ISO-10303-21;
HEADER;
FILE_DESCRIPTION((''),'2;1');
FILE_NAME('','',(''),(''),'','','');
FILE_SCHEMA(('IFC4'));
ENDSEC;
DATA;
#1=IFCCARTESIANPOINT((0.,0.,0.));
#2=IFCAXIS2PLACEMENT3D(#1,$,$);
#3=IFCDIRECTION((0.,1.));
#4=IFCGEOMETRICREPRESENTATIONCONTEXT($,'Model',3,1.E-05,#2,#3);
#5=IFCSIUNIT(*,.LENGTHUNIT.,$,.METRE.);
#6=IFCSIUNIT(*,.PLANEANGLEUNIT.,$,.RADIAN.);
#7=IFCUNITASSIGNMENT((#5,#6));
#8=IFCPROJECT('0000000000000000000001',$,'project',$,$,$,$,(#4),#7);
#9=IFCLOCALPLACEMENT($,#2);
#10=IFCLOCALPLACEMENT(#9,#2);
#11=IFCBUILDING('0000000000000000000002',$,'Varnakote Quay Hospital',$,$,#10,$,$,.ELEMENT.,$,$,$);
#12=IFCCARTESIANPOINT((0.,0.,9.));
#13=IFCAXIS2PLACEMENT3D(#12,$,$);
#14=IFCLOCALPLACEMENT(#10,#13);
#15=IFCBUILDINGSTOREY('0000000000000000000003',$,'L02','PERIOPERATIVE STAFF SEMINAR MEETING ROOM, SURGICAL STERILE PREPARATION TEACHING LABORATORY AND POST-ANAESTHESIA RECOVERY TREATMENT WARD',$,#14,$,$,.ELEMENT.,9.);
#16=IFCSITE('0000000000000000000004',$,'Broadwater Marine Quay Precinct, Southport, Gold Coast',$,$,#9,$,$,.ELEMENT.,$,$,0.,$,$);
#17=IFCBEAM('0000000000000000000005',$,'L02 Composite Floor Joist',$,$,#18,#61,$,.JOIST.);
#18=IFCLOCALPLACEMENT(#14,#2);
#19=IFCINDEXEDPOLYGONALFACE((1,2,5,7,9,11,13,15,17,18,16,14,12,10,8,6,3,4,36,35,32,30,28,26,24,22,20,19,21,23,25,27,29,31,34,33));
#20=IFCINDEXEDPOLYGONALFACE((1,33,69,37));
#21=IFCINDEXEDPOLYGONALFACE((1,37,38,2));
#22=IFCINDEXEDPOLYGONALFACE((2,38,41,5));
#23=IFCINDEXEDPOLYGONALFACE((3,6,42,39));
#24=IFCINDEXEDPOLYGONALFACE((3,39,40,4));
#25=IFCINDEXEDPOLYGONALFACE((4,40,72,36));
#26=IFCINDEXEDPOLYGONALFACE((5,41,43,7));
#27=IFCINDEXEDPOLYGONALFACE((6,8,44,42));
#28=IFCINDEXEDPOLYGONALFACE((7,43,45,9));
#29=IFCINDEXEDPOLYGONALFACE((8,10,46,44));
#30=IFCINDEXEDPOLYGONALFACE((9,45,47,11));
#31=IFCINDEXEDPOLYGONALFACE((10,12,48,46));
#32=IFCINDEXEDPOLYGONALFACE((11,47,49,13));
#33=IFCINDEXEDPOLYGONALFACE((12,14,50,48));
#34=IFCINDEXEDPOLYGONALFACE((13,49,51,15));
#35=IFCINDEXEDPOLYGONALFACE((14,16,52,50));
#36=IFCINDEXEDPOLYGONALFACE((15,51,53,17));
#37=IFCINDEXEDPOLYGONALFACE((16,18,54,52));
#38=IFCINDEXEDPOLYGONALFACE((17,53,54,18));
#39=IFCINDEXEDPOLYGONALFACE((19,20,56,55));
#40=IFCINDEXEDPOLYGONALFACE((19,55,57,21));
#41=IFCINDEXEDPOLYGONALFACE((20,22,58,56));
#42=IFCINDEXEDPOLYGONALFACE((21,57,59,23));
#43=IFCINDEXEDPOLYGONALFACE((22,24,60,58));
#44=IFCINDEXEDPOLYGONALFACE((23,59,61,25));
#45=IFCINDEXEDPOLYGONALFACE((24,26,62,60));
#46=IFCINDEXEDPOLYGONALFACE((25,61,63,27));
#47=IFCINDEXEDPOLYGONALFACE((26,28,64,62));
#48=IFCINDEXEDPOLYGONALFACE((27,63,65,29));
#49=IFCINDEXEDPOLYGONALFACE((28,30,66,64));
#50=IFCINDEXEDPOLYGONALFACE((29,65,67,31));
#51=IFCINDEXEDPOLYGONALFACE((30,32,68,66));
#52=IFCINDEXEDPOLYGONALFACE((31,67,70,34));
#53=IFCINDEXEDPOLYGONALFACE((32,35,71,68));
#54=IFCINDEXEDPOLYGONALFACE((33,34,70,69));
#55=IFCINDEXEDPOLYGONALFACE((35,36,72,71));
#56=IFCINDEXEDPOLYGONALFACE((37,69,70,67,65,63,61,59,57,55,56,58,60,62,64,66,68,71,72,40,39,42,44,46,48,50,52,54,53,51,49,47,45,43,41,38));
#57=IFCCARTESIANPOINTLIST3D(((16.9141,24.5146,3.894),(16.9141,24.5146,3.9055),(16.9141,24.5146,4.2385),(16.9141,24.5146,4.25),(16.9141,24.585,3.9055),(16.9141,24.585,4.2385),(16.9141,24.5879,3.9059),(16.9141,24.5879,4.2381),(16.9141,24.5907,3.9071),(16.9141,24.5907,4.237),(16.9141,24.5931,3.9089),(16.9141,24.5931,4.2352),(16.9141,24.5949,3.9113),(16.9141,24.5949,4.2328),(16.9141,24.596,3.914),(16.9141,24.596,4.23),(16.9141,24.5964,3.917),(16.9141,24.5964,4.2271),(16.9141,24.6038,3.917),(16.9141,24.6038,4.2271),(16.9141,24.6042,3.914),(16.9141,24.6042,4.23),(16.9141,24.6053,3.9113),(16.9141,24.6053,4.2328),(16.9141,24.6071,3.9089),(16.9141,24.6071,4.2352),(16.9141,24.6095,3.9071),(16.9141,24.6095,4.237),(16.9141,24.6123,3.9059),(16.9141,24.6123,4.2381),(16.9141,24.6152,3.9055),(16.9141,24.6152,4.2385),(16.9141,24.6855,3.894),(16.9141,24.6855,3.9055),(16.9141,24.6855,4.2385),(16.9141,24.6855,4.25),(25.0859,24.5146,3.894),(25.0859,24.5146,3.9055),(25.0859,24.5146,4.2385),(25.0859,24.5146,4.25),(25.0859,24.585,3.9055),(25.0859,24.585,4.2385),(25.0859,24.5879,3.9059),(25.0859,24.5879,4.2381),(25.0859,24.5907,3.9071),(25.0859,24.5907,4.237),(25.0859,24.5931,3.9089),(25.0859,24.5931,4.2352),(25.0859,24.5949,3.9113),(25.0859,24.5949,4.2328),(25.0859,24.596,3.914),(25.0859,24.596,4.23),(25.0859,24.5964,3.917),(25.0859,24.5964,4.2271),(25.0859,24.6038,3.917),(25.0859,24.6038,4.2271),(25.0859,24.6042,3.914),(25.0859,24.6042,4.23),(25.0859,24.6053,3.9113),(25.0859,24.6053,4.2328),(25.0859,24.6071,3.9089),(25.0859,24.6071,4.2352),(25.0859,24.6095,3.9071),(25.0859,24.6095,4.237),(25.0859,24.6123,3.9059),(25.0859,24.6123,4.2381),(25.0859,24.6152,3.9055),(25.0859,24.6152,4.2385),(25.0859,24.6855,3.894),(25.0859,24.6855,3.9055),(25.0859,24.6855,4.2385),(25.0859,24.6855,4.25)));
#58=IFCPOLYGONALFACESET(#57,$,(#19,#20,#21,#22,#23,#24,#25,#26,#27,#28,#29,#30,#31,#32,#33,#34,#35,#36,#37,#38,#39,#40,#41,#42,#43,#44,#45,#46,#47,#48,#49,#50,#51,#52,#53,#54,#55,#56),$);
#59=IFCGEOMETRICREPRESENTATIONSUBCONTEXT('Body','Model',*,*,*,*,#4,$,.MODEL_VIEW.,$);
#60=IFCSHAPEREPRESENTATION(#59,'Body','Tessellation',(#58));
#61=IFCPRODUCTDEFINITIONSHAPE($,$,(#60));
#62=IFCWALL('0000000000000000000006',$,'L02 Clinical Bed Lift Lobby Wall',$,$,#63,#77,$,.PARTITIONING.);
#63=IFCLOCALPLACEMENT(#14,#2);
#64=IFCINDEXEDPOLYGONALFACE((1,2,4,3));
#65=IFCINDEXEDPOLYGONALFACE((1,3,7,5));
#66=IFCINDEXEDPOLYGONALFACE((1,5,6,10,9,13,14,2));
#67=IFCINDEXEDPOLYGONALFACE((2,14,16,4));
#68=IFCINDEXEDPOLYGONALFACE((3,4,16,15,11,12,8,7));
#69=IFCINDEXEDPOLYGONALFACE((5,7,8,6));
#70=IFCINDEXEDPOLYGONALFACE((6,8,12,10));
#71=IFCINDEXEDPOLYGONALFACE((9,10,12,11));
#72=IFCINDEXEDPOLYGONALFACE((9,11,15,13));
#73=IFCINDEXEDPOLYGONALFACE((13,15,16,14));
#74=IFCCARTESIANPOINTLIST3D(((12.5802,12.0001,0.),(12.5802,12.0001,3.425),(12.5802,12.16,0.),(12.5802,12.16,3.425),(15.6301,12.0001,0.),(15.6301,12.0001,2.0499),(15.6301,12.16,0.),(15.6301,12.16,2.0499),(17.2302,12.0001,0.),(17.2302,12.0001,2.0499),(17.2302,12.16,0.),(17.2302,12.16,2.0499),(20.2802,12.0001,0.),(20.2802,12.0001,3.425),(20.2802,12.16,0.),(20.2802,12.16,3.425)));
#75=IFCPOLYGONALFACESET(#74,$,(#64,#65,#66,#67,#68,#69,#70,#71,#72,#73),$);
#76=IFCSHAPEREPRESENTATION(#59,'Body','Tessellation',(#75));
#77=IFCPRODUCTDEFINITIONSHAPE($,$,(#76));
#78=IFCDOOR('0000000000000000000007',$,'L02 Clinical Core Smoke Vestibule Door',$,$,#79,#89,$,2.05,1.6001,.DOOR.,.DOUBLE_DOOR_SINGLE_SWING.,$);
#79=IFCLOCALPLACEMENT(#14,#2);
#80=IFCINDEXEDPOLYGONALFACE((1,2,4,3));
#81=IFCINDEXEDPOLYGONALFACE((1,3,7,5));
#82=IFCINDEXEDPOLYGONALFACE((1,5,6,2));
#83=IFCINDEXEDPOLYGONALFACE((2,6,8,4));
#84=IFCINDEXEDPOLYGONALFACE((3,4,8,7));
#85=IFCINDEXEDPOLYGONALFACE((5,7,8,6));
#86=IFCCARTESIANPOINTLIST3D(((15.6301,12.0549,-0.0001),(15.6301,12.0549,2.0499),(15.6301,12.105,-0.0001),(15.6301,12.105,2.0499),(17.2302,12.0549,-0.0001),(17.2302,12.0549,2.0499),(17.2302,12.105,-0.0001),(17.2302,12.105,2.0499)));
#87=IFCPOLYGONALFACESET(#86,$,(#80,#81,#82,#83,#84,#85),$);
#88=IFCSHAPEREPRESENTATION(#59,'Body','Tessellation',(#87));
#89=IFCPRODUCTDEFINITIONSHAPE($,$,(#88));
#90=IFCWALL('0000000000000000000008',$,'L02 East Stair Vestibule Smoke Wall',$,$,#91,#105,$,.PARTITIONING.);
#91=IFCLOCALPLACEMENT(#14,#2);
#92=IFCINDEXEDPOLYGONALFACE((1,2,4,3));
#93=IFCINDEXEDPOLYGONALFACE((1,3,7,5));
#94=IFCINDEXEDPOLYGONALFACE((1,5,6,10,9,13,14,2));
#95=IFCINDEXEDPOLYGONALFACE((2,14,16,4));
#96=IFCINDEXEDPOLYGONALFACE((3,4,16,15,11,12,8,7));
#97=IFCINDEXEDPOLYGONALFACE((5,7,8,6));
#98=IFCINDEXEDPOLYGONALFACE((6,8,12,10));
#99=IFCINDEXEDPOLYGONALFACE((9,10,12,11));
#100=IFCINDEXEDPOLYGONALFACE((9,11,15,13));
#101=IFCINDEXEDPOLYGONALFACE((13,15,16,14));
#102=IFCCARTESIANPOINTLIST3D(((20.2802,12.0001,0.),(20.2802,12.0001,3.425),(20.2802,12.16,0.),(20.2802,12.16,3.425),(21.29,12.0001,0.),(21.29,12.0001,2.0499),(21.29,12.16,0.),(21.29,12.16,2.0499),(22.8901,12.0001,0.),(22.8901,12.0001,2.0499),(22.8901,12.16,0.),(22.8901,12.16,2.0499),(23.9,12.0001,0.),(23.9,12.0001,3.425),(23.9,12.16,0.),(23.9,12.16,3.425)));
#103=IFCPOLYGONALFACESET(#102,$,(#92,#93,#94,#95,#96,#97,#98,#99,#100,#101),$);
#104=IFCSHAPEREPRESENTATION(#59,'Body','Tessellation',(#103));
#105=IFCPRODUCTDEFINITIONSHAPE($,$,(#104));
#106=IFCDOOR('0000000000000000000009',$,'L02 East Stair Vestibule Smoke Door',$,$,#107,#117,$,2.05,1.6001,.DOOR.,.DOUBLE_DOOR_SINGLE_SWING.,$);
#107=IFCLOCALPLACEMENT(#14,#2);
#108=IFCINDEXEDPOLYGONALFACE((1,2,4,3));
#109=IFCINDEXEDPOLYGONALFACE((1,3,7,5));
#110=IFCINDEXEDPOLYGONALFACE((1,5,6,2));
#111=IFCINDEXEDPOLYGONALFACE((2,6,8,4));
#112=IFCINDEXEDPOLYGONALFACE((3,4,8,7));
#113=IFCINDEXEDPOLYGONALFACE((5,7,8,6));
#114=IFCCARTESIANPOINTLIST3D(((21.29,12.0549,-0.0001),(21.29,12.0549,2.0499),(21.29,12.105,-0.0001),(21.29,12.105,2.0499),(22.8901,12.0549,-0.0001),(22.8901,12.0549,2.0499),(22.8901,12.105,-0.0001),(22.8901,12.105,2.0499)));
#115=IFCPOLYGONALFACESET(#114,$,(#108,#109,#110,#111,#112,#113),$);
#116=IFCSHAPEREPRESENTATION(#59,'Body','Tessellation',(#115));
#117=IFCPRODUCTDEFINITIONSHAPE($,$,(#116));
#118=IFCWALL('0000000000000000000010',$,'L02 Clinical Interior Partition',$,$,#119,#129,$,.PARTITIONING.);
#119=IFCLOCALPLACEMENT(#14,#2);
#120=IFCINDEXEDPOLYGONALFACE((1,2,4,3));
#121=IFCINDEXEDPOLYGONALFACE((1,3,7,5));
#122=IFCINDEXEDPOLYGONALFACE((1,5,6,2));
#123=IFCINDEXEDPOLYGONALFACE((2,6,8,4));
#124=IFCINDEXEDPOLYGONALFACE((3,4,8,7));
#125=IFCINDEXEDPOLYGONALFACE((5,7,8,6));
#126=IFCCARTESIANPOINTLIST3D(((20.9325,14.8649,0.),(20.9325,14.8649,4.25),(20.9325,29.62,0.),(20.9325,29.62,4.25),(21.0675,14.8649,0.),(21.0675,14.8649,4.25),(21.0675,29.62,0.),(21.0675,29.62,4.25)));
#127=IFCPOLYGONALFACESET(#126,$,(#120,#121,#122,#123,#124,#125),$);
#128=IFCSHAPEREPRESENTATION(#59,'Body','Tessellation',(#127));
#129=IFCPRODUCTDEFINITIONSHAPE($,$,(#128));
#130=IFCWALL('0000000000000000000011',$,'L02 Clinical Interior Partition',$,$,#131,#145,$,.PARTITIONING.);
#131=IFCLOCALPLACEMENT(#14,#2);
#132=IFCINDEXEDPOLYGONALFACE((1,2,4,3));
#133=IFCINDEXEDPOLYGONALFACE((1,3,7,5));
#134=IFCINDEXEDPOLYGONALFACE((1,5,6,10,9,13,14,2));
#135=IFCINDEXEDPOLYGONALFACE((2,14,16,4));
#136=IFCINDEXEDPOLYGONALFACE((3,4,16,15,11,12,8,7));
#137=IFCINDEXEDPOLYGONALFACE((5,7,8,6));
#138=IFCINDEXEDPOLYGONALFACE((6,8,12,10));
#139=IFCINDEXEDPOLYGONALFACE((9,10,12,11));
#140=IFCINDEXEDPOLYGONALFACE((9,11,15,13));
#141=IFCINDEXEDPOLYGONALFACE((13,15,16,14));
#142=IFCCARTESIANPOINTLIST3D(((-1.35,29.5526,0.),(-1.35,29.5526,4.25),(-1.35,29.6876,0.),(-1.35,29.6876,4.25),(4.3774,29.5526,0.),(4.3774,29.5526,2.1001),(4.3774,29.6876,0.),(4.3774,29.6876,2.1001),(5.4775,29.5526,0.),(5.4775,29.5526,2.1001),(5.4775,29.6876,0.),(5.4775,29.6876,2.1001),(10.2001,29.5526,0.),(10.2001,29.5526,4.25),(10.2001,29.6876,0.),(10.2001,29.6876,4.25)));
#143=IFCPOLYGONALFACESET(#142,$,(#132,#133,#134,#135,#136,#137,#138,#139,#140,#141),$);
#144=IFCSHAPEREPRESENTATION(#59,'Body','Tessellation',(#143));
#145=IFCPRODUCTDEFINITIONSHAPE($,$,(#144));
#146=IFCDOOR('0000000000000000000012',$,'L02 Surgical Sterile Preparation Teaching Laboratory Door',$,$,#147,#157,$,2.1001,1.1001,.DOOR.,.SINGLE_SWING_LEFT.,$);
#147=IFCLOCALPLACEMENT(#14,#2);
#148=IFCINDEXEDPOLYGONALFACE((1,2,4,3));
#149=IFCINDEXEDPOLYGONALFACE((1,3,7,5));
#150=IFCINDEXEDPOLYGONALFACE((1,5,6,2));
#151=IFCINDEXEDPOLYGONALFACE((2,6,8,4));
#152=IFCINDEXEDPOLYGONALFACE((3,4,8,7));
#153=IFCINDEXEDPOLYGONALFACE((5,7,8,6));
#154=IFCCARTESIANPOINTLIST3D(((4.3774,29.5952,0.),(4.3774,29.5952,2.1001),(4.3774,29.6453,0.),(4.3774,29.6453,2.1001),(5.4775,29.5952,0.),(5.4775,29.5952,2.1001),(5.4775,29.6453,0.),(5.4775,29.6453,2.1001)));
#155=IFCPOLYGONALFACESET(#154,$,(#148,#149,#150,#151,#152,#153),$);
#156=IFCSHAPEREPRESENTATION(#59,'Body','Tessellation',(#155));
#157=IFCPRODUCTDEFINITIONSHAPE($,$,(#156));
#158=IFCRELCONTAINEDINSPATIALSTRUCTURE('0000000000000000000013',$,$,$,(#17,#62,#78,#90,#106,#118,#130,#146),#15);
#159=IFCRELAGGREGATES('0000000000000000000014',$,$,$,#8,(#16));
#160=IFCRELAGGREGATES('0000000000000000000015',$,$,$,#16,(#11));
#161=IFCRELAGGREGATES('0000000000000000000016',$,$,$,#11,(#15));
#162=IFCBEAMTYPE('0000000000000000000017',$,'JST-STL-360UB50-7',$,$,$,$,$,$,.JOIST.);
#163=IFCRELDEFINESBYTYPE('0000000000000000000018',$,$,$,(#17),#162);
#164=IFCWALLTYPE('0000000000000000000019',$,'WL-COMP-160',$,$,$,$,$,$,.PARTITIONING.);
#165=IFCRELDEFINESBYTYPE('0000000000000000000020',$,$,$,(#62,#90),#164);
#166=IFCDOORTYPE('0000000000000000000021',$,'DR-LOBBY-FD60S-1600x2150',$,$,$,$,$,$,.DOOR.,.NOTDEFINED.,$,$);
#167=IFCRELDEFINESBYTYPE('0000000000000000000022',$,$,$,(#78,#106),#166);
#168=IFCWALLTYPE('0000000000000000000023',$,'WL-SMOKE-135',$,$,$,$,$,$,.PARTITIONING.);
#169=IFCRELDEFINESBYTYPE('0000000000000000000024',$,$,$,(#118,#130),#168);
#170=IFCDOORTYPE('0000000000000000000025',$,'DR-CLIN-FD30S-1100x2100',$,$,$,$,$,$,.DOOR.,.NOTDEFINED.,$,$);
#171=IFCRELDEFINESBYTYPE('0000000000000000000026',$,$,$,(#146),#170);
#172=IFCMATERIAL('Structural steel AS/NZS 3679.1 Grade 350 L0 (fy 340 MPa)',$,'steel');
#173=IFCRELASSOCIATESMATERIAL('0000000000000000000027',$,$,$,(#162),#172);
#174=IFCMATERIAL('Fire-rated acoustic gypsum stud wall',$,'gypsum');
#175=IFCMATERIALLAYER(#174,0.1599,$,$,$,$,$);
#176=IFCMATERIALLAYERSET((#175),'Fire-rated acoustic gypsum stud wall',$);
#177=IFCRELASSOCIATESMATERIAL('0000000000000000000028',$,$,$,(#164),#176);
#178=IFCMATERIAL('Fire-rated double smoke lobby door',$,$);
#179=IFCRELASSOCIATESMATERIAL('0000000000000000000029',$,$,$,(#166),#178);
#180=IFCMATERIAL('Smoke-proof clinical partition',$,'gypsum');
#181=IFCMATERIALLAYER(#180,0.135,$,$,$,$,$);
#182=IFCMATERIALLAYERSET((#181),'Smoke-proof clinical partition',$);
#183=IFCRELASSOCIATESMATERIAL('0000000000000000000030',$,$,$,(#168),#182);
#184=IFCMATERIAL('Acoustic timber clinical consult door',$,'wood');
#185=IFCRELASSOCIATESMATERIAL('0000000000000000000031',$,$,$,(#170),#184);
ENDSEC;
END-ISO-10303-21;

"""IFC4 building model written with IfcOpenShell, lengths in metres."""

from ifc_helpers import new_model, si_unit, direction, frame, frame_2d, origin, origin_2d, place, context, subcontext, project, spatial, rectangle, i_section, extrude, material, layer, layer_set, material_profile, profile_set, type_object, element, fill, save


model = new_model("IFC4")

# Units and contexts
model_context = context("Model", 3, precision=1e-05, world=origin(), true_north=direction((0.0, 1.0)))
body_context = subcontext(model_context, "Body", "Model", "MODEL_VIEW")
ifc_project = project(units=[si_unit("LENGTHUNIT", "METRE"), si_unit("PLANEANGLEUNIT", "RADIAN")], contexts=[model_context])

# Site, building, storey
site_placement = place(None, origin())
site = spatial("IfcSite", under=ifc_project, at=site_placement, Name="Broadwater Marine Quay Precinct, Southport, Gold Coast", CompositionType="ELEMENT", RefElevation=0.0)
building_placement = place(site_placement, origin())
building = spatial("IfcBuilding", under=site, at=building_placement, Name="Varnakote Quay Hospital", CompositionType="ELEMENT")
storey_placement = place(building_placement, frame((0.0, 0.0, 9.0)))
storey = spatial("IfcBuildingStorey", under=building, at=storey_placement, Name="L02", Description="PERIOPERATIVE STAFF SEMINAR MEETING ROOM, SURGICAL STERILE PREPARATION TEACHING LABORATORY AND POST-ANAESTHESIA RECOVERY TREATMENT WARD", CompositionType="ELEMENT", Elevation=9.0)

# Beam
ifc_material_1 = material(Name="Structural steel AS/NZS 3679.1 Grade 350 L0 (fy 340 MPa)", Category="steel")
ifc_material_profile_1 = material_profile(ifc_material_1, i_section(OverallWidth=0.1709, OverallDepth=0.356, WebThickness=0.0073, FlangeThickness=0.0115, FilletRadius=0.0115, at=origin_2d()), Name="360UB50.7")
ifc_profile_set_1 = profile_set([ifc_material_profile_1], Name="Structural steel AS/NZS 3679.1 Grade 350 L0 (fy 340 MPa)")
beam_type_1 = type_object("IfcBeamType", Name="JST-STL-360UB50-7", PredefinedType="JOIST", material=ifc_profile_set_1)
beam_1_placement = place(storey_placement, frame((16.9141, 24.6001, 4.072), z_axis=(1.0, 0.0, 0.0), x_axis=(0.0, 1.0, 0.0)))
element("IfcBeam", 1, at=beam_1_placement, inside=storey, type_object=beam_type_1, Name="L02 Composite Floor Joist", PredefinedType="JOIST", context=body_context, shape_type="SweptSolid", body=[
    extrude(i_section(OverallWidth=0.1709, OverallDepth=0.356, WebThickness=0.0073, FlangeThickness=0.0115, FilletRadius=0.0115, at=origin_2d()), origin(), (0.0, 0.0, 1.0), 8.1719),
])

# Walls, openings, doors
ifc_material_2 = material(Name="Fire-rated acoustic gypsum stud wall", Category="gypsum")
ifc_layer_1 = layer(ifc_material_2, 0.1599)
ifc_layer_set_1 = layer_set([ifc_layer_1], Name="Fire-rated acoustic gypsum stud wall")
wall_type_1 = type_object("IfcWallType", Name="WL-COMP-160", PredefinedType="PARTITIONING", material=ifc_layer_set_1)
wall_1_placement = place(storey_placement, frame((12.5801, 12.0801, 0.0), z_axis=(0.0, 0.0, 1.0), x_axis=(1.0, 0.0, 0.0)))
wall_1 = element("IfcWall", 2, at=wall_1_placement, inside=storey, type_object=wall_type_1, Name="L02 Clinical Bed Lift Lobby Wall", PredefinedType="PARTITIONING", context=body_context, shape_type="SweptSolid", body=[
    extrude(rectangle(XDim=7.7, YDim=0.1599, at=frame_2d((3.8501, 0.0))), origin(), (0.0, 0.0, 1.0), 3.425),
])
opening_1_placement = place(wall_1_placement, frame((3.05, 0.0, 0.0)))
opening_1 = element("IfcOpeningElement", 3, at=opening_1_placement, cuts=wall_1, PredefinedType="OPENING", context=body_context, shape_type="SweptSolid", body=[
    extrude(rectangle(XDim=1.6001, YDim=2.05, at=frame_2d((0.8, 1.0249))), frame((0.0, 0.0898, 0.0), z_axis=(0.0, -1.0, 0.0), x_axis=(1.0, 0.0, 0.0)), (0.0, 0.0, 1.0), 0.1799),
])
ifc_material_3 = material(Name="Fire-rated double smoke lobby door")
door_type_1 = type_object("IfcDoorType", Name="DR-LOBBY-FD60S-1600x2150", OperationType="NOTDEFINED", PredefinedType="DOOR", material=ifc_material_3)
door_1_placement = place(opening_1_placement, origin())
door_1 = element("IfcDoor", 4, at=door_1_placement, inside=storey, type_object=door_type_1, Name="L02 Clinical Core Smoke Vestibule Door", OperationType="DOUBLE_DOOR_SINGLE_SWING", OverallHeight=2.05, OverallWidth=1.6001, PredefinedType="DOOR", context=body_context, shape_type="SweptSolid", body=[
    extrude(rectangle(XDim=1.6001, YDim=2.05, at=frame_2d((0.8, 1.0249))), frame((0.0, 0.0249, 0.0), z_axis=(0.0, -1.0, 0.0), x_axis=(1.0, 0.0, 0.0)), (0.0, 0.0, 1.0), 0.05),
])
fill(opening_1, door_1)
wall_2_placement = place(storey_placement, frame((20.28, 12.0801, 0.0), z_axis=(0.0, 0.0, 1.0), x_axis=(1.0, 0.0, 0.0)))
wall_2 = element("IfcWall", 5, at=wall_2_placement, inside=storey, type_object=wall_type_1, Name="L02 East Stair Vestibule Smoke Wall", PredefinedType="PARTITIONING", context=body_context, shape_type="SweptSolid", body=[
    extrude(rectangle(XDim=3.6199, YDim=0.1599, at=frame_2d((1.8101, 0.0))), origin(), (0.0, 0.0, 1.0), 3.425),
])
opening_2_placement = place(wall_2_placement, frame((1.01, 0.0, 0.0)))
opening_2 = element("IfcOpeningElement", 6, at=opening_2_placement, cuts=wall_2, PredefinedType="OPENING", context=body_context, shape_type="SweptSolid", body=[
    extrude(rectangle(XDim=1.6001, YDim=2.05, at=frame_2d((0.8, 1.0249))), frame((0.0, 0.0898, 0.0), z_axis=(0.0, -1.0, 0.0), x_axis=(1.0, 0.0, 0.0)), (0.0, 0.0, 1.0), 0.1799),
])
door_2_placement = place(opening_2_placement, origin())
door_2 = element("IfcDoor", 7, at=door_2_placement, inside=storey, type_object=door_type_1, Name="L02 East Stair Vestibule Smoke Door", OperationType="DOUBLE_DOOR_SINGLE_SWING", OverallHeight=2.05, OverallWidth=1.6001, PredefinedType="DOOR", context=body_context, shape_type="SweptSolid", body=[
    extrude(rectangle(XDim=1.6001, YDim=2.05, at=frame_2d((0.8, 1.0249))), frame((0.0, 0.0249, 0.0), z_axis=(0.0, -1.0, 0.0), x_axis=(1.0, 0.0, 0.0)), (0.0, 0.0, 1.0), 0.05),
])
fill(opening_2, door_2)

# Wall
ifc_material_4 = material(Name="Smoke-proof clinical partition", Category="gypsum")
ifc_layer_2 = layer(ifc_material_4, 0.135)
ifc_layer_set_2 = layer_set([ifc_layer_2], Name="Smoke-proof clinical partition")
wall_type_2 = type_object("IfcWallType", Name="WL-SMOKE-135", PredefinedType="PARTITIONING", material=ifc_layer_set_2)
wall_3_placement = place(storey_placement, frame((21.0, 14.865, 0.0), z_axis=(0.0, 0.0, 1.0), x_axis=(0.0, 1.0, 0.0)))
element("IfcWall", 8, at=wall_3_placement, inside=storey, type_object=wall_type_2, Name="L02 Clinical Interior Partition", PredefinedType="PARTITIONING", context=body_context, shape_type="SweptSolid", body=[
    extrude(rectangle(XDim=14.7551, YDim=0.135, at=frame_2d((7.3774, 0.0))), origin(), (0.0, 0.0, 1.0), 4.25),
])

# Wall, opening, door
wall_4_placement = place(storey_placement, frame((10.2, 29.6201, 0.0), z_axis=(0.0, 0.0, 1.0), x_axis=(-1.0, 0.0, 0.0)))
wall_4 = element("IfcWall", 9, at=wall_4_placement, inside=storey, type_object=wall_type_2, Name="L02 Clinical Interior Partition", PredefinedType="PARTITIONING", context=body_context, shape_type="SweptSolid", body=[
    extrude(rectangle(XDim=11.55, YDim=0.135, at=frame_2d((5.7749, 0.0))), origin(), (0.0, 0.0, 1.0), 4.25),
])
opening_3_placement = place(wall_4_placement, frame((4.7224, 0.0, 0.0)))
opening_3 = element("IfcOpeningElement", 10, at=opening_3_placement, cuts=wall_4, PredefinedType="OPENING", context=body_context, shape_type="SweptSolid", body=[
    extrude(rectangle(XDim=1.1001, YDim=2.1001, at=frame_2d((0.55, 1.05))), frame((0.0, 0.0774, 0.0), z_axis=(0.0, -1.0, 0.0), x_axis=(1.0, 0.0, 0.0)), (0.0, 0.0, 1.0), 0.155),
])
ifc_material_5 = material(Name="Acoustic timber clinical consult door", Category="wood")
door_type_2 = type_object("IfcDoorType", Name="DR-CLIN-FD30S-1100x2100", OperationType="NOTDEFINED", PredefinedType="DOOR", material=ifc_material_5)
door_3_placement = place(opening_3_placement, origin())
door_3 = element("IfcDoor", 11, at=door_3_placement, inside=storey, type_object=door_type_2, Name="L02 Surgical Sterile Preparation Teaching Laboratory Door", OperationType="SINGLE_SWING_LEFT", OverallHeight=2.1001, OverallWidth=1.1001, PredefinedType="DOOR", context=body_context, shape_type="SweptSolid", body=[
    extrude(rectangle(XDim=1.1001, YDim=2.1001, at=frame_2d((0.55, 1.05))), frame((0.0, 0.0249, 0.0), z_axis=(0.0, -1.0, 0.0), x_axis=(1.0, 0.0, 0.0)), (0.0, 0.0, 1.0), 0.05),
])
fill(opening_3, door_3)

save(model, "model.ifc")
